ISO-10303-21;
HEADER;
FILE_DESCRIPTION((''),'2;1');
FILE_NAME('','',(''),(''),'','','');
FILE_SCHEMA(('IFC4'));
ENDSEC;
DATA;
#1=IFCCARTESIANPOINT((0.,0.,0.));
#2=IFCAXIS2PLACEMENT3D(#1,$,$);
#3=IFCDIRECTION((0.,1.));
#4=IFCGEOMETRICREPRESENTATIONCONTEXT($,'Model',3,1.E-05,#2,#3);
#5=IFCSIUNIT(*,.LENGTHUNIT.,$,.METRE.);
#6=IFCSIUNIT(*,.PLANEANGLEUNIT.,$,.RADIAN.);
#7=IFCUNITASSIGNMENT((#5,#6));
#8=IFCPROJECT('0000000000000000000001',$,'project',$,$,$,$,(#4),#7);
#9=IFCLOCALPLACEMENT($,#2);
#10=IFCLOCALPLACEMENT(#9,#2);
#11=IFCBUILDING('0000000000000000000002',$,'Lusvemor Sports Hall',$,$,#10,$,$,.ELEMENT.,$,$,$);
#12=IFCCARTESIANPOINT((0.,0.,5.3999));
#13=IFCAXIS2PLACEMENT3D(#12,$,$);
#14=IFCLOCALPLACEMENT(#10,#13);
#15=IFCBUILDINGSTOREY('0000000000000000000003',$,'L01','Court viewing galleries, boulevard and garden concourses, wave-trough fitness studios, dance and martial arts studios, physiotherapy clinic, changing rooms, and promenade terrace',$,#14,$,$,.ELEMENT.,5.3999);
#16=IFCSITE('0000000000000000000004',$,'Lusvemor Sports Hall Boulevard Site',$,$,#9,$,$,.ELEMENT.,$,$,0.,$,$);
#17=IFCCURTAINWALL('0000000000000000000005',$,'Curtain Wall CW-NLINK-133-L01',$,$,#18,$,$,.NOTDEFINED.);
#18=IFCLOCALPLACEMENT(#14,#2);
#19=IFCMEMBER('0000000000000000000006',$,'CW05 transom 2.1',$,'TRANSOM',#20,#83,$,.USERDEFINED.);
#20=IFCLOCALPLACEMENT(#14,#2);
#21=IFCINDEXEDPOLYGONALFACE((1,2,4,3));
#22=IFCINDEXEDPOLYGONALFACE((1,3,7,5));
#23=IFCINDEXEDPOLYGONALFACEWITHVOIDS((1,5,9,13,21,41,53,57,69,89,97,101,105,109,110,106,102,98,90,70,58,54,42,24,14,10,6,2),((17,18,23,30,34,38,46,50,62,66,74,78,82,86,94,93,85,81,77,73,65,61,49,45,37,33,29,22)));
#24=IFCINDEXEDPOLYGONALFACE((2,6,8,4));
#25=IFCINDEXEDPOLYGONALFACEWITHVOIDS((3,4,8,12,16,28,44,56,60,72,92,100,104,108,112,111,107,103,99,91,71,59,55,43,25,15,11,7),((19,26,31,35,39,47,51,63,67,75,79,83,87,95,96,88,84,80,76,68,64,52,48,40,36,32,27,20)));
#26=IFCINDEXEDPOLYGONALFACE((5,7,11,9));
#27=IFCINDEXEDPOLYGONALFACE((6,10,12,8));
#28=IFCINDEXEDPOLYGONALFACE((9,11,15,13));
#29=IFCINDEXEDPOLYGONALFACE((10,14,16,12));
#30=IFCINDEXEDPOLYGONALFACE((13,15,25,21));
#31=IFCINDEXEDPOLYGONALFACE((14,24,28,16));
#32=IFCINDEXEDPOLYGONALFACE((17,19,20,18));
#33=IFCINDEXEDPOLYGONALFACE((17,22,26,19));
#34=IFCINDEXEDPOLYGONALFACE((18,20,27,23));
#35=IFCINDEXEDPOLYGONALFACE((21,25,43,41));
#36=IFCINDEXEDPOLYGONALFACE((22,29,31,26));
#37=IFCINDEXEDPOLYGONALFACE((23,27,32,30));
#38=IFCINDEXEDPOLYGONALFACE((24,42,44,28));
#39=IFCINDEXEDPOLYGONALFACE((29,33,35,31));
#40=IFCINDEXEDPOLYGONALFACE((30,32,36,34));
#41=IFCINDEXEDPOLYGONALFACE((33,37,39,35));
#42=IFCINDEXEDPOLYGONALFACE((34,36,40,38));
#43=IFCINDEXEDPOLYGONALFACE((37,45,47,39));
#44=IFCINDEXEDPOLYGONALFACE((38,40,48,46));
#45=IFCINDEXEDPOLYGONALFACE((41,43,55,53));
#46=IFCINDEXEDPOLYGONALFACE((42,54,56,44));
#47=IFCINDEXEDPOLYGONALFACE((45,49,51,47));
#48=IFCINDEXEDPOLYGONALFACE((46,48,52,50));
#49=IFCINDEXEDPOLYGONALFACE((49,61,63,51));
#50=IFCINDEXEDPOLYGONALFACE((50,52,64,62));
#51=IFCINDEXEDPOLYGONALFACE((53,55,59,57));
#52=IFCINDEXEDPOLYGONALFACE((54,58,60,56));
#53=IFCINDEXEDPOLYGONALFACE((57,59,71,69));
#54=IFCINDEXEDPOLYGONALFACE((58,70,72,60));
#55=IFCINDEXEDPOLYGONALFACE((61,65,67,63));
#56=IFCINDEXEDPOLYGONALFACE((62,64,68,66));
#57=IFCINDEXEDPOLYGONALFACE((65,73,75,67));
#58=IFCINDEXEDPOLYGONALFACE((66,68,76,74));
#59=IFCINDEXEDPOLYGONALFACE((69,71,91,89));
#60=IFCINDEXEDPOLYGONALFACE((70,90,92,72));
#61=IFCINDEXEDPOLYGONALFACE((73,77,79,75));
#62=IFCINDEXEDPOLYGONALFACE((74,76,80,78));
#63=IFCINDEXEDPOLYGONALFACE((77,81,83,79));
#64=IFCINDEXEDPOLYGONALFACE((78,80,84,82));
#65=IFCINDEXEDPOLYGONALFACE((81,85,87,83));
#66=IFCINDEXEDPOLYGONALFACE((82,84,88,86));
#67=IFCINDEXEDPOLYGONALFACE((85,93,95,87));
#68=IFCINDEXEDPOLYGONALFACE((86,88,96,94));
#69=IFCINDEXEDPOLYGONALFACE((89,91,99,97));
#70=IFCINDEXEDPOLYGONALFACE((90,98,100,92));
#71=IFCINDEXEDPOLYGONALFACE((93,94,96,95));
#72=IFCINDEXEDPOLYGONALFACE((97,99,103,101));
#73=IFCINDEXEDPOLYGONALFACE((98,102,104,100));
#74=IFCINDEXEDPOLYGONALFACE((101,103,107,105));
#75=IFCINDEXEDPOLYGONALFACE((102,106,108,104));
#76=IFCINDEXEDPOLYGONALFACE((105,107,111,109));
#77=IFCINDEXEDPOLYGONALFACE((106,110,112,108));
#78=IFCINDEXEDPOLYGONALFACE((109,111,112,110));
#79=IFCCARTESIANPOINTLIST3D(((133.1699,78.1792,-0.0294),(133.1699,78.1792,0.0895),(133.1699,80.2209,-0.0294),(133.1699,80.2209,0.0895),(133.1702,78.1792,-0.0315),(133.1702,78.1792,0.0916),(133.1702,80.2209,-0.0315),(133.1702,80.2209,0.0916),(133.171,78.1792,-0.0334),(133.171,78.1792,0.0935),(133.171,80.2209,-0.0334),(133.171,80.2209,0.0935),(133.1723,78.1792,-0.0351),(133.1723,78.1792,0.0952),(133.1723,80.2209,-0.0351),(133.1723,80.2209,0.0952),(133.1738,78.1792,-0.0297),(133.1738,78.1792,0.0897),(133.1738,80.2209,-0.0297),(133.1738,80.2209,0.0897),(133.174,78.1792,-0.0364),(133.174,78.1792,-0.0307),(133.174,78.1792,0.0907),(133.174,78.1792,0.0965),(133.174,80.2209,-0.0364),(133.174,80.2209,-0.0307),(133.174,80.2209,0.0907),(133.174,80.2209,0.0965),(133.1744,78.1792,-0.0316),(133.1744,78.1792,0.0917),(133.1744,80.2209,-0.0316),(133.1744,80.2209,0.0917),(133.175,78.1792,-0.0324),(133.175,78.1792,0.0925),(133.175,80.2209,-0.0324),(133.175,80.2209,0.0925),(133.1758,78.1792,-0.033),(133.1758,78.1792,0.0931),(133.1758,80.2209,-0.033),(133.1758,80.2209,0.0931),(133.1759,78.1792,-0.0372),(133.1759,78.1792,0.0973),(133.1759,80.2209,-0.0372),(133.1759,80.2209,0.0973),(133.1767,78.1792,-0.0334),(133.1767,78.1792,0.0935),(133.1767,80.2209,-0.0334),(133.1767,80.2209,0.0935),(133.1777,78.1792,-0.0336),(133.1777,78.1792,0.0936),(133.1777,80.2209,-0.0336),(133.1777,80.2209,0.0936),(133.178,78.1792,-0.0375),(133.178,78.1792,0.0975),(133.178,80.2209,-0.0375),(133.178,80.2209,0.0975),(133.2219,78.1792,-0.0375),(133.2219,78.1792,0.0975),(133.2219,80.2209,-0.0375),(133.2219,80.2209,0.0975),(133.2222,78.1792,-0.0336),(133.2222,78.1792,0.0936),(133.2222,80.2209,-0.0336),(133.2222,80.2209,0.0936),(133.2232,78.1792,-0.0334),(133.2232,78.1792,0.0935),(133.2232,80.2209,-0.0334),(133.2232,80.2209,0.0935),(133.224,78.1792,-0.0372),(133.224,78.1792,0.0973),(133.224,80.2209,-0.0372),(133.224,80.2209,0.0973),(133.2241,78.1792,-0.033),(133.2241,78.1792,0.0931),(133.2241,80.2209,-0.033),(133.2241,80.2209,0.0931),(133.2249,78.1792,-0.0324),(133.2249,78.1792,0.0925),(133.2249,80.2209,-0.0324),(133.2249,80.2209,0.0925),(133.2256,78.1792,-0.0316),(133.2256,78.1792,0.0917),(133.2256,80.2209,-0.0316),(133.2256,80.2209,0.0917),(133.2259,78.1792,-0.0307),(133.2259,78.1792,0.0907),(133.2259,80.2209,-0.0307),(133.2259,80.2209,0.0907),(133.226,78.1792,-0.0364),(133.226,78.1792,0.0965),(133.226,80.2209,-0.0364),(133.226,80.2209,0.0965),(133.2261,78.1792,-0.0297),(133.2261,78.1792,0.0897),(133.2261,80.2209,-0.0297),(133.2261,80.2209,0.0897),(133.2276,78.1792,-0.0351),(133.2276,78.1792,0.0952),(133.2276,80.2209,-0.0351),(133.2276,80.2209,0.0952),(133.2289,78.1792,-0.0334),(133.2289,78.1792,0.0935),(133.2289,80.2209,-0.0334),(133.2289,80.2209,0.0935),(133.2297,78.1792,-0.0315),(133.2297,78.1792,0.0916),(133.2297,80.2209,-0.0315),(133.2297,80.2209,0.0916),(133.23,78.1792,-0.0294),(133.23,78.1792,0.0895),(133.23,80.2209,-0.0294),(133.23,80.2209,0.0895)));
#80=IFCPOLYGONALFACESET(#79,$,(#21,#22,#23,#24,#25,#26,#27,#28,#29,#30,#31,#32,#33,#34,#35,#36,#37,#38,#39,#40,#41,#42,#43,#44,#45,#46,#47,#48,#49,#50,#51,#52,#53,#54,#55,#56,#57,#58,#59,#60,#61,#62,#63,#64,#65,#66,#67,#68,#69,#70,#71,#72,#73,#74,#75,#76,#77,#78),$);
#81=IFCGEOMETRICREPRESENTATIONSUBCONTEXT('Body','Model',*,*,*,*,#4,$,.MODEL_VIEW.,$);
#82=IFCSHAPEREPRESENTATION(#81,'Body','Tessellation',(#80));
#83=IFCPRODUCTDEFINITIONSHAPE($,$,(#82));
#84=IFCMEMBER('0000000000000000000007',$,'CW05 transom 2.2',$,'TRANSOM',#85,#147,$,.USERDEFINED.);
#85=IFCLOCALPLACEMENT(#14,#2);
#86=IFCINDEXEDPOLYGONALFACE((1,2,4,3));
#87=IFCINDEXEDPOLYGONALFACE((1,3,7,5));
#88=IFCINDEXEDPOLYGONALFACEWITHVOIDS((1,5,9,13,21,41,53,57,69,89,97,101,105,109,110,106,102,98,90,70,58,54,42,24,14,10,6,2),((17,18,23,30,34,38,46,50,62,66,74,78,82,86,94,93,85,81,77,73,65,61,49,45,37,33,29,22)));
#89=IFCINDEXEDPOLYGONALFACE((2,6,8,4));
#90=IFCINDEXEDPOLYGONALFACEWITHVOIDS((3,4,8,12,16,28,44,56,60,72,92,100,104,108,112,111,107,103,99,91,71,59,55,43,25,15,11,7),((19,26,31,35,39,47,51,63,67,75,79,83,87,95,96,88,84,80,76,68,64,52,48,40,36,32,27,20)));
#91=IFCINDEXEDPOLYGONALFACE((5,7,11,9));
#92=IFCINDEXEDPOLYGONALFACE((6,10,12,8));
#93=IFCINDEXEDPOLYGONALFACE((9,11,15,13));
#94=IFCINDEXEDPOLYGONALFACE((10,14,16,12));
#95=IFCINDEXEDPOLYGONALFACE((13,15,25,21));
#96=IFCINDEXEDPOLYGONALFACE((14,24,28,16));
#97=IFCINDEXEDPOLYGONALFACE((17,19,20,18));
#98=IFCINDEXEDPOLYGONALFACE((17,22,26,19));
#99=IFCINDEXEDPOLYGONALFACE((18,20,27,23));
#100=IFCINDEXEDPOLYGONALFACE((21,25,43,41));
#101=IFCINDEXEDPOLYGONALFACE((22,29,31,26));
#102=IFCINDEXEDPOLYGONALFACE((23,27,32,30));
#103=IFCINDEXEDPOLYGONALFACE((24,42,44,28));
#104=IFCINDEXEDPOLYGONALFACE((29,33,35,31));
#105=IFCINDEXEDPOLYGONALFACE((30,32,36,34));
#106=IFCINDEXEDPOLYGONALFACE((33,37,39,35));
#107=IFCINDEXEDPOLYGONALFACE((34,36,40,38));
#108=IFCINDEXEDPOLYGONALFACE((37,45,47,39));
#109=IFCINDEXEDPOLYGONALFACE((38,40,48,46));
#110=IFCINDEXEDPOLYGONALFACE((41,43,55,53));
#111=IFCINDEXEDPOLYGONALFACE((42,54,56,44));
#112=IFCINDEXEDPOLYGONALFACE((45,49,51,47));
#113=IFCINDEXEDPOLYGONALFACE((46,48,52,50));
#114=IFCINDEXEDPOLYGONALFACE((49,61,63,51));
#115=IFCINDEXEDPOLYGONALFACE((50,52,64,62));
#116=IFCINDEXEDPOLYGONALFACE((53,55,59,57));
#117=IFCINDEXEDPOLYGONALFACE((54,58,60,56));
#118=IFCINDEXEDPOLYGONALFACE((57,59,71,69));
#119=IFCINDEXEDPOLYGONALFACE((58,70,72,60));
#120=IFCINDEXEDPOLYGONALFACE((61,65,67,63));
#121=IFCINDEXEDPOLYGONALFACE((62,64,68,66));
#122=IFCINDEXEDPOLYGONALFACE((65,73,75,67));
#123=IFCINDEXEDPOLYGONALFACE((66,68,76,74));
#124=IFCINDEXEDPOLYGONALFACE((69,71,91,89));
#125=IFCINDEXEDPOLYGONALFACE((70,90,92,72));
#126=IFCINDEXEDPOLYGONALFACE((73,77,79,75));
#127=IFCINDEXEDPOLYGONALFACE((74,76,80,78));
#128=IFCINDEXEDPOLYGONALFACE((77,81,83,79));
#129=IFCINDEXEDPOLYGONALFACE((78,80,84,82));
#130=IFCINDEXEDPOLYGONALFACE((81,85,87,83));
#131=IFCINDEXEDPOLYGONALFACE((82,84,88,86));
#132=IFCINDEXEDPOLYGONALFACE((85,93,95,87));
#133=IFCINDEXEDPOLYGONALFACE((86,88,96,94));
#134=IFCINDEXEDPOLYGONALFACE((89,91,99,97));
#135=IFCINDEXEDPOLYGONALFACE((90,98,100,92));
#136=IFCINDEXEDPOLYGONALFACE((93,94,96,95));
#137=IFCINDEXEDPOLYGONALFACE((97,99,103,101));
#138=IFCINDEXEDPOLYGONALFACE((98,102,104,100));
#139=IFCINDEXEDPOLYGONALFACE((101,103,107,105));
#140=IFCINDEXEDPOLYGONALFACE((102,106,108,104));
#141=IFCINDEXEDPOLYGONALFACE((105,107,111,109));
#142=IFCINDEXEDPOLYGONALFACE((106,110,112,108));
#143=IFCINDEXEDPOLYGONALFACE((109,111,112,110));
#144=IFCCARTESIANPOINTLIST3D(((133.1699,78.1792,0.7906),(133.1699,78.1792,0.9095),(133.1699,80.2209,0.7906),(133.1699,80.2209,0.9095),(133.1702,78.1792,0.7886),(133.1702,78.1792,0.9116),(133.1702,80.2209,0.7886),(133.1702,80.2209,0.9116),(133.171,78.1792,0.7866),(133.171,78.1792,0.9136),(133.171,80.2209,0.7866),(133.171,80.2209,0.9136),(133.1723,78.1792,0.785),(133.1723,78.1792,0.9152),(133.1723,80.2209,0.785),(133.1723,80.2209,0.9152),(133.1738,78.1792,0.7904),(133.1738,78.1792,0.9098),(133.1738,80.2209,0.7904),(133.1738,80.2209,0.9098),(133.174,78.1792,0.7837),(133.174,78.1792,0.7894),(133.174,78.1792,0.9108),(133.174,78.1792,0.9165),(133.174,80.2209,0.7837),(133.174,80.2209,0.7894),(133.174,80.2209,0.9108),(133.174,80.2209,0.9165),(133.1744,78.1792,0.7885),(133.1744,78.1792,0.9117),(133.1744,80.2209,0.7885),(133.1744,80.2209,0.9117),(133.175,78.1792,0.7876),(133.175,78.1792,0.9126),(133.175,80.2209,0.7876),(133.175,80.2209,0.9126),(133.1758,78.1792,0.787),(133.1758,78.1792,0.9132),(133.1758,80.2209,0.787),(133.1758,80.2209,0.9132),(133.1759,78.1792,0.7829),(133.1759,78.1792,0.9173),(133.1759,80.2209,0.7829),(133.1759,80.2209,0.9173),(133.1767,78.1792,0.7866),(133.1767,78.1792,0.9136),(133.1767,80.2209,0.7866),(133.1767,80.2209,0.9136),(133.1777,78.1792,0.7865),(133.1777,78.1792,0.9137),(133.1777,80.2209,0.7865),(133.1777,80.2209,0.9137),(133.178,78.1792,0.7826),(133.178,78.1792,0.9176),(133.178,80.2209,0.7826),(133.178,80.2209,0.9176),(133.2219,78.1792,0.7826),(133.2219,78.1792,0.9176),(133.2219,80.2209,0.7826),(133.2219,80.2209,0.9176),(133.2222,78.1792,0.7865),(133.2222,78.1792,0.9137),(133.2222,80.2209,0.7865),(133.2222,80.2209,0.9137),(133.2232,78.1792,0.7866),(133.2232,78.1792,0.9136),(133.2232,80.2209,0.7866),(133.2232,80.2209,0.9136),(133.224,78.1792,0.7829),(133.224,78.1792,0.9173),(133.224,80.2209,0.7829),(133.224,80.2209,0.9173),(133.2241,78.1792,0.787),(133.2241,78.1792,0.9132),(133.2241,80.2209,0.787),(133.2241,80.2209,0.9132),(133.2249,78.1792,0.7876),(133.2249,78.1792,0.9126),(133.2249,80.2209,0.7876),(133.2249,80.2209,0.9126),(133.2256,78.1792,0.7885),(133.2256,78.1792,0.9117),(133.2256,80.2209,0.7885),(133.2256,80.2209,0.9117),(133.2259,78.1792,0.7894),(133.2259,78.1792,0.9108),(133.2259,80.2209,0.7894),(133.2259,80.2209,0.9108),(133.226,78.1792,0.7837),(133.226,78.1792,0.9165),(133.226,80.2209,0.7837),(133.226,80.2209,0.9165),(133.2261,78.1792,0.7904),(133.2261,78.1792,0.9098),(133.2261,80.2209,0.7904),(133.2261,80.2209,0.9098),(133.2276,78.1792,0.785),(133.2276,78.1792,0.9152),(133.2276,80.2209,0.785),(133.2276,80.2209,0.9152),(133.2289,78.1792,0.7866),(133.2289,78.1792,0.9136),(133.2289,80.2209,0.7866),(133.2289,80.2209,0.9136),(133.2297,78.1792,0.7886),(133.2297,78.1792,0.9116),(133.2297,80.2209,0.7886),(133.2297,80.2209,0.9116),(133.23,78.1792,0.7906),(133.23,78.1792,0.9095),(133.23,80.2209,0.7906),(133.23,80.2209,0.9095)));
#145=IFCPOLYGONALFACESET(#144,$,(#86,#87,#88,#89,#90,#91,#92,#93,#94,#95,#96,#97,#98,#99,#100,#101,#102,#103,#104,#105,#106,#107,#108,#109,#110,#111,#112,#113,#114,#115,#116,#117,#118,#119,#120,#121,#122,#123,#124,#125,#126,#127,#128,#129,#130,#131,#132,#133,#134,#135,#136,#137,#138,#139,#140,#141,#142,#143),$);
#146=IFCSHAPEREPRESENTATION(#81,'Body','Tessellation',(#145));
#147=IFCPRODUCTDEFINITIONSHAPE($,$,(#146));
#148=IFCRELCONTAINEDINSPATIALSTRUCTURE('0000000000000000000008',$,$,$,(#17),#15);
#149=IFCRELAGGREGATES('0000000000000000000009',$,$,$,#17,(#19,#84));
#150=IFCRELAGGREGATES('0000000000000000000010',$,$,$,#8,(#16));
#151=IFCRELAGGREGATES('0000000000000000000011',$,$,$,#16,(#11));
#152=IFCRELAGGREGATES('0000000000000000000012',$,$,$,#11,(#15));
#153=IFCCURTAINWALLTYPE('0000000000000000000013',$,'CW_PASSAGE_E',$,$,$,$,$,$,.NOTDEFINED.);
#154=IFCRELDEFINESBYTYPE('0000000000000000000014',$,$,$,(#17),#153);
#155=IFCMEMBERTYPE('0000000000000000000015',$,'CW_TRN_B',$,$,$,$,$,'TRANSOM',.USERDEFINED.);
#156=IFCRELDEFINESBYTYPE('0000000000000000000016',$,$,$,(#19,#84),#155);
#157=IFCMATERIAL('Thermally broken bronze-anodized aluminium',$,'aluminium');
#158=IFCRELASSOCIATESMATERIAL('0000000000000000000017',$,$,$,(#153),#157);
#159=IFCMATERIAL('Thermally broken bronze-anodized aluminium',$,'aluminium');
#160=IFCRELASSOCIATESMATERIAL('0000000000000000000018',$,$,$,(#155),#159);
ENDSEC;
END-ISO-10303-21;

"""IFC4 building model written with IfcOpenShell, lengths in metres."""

from ifc_helpers import new_model, si_unit, direction, frame, origin, origin_2d, place, context, subcontext, project, spatial, hollow_rectangle, extrude, material, material_profile, profile_set, type_object, element, aggregate, save


model = new_model("IFC4")

# Units and contexts
model_context = context("Model", 3, precision=1e-05, world=origin(), true_north=direction((0.0, 1.0)))
body_context = subcontext(model_context, "Body", "Model", "MODEL_VIEW")
ifc_project = project(units=[si_unit("LENGTHUNIT", "METRE"), si_unit("PLANEANGLEUNIT", "RADIAN")], contexts=[model_context])

# Site, building, storey
site_placement = place(None, origin())
site = spatial("IfcSite", under=ifc_project, at=site_placement, Name="Lusvemor Sports Hall Boulevard Site", CompositionType="ELEMENT", RefElevation=0.0)
building_placement = place(site_placement, origin())
building = spatial("IfcBuilding", under=site, at=building_placement, Name="Lusvemor Sports Hall", CompositionType="ELEMENT")
storey_placement = place(building_placement, frame((0.0, 0.0, 5.3999)))
storey = spatial("IfcBuildingStorey", under=building, at=storey_placement, Name="L01", Description="Court viewing galleries, boulevard and garden concourses, wave-trough fitness studios, dance and martial arts studios, physiotherapy clinic, changing rooms, and promenade terrace", CompositionType="ELEMENT", Elevation=5.3999)

# Curtain wall
ifc_material_1 = material(Name="Thermally broken bronze-anodized aluminium", Category="aluminium")
curtain_wall_type_1 = type_object("IfcCurtainWallType", Name="CW_PASSAGE_E", PredefinedType="NOTDEFINED", material=ifc_material_1)
curtain_wall_1_placement = place(storey_placement, origin())
curtain_wall_1 = element("IfcCurtainWall", 1, at=curtain_wall_1_placement, inside=storey, type_object=curtain_wall_type_1, Name="Curtain Wall CW-NLINK-133-L01", PredefinedType="NOTDEFINED")

# Members
ifc_material_2 = material(Name="Thermally broken bronze-anodized aluminium", Category="aluminium")
ifc_material_profile_1 = material_profile(ifc_material_2, hollow_rectangle(XDim=0.0601, YDim=0.135, WallThickness=0.0039, InnerFilletRadius=0.0039, OuterFilletRadius=0.0081, at=origin_2d()), Name="CWTRN135x60x4")
ifc_profile_set_1 = profile_set([ifc_material_profile_1], Name="Thermally broken bronze-anodized aluminium")
member_type_1 = type_object("IfcMemberType", Name="CW_TRN_B", ElementType="TRANSOM", PredefinedType="USERDEFINED", material=ifc_profile_set_1)
member_1_placement = place(storey_placement, frame((133.2, 78.1792, 0.03), z_axis=(0.0, 1.0, 0.0), x_axis=(-1.0, 0.0, 0.0)))
member_1 = element("IfcMember", 2, at=member_1_placement, type_object=member_type_1, Name="CW05 transom 2.1", ObjectType="TRANSOM", PredefinedType="USERDEFINED", context=body_context, shape_type="SweptSolid", body=[
    extrude(hollow_rectangle(XDim=0.0601, YDim=0.135, WallThickness=0.0039, InnerFilletRadius=0.0039, OuterFilletRadius=0.0081, at=origin_2d()), origin(), (0.0, 0.0, 1.0), 2.0417),
])
member_2_placement = place(storey_placement, frame((133.2, 78.1792, 0.8501), z_axis=(0.0, 1.0, 0.0), x_axis=(-1.0, 0.0, 0.0)))
member_2 = element("IfcMember", 3, at=member_2_placement, type_object=member_type_1, Name="CW05 transom 2.2", ObjectType="TRANSOM", PredefinedType="USERDEFINED", context=body_context, shape_type="SweptSolid", body=[
    extrude(hollow_rectangle(XDim=0.0601, YDim=0.135, WallThickness=0.0039, InnerFilletRadius=0.0039, OuterFilletRadius=0.0081, at=origin_2d()), origin(), (0.0, 0.0, 1.0), 2.0417),
])

aggregate(curtain_wall_1, [member_1, member_2])

save(model, "model.ifc")
